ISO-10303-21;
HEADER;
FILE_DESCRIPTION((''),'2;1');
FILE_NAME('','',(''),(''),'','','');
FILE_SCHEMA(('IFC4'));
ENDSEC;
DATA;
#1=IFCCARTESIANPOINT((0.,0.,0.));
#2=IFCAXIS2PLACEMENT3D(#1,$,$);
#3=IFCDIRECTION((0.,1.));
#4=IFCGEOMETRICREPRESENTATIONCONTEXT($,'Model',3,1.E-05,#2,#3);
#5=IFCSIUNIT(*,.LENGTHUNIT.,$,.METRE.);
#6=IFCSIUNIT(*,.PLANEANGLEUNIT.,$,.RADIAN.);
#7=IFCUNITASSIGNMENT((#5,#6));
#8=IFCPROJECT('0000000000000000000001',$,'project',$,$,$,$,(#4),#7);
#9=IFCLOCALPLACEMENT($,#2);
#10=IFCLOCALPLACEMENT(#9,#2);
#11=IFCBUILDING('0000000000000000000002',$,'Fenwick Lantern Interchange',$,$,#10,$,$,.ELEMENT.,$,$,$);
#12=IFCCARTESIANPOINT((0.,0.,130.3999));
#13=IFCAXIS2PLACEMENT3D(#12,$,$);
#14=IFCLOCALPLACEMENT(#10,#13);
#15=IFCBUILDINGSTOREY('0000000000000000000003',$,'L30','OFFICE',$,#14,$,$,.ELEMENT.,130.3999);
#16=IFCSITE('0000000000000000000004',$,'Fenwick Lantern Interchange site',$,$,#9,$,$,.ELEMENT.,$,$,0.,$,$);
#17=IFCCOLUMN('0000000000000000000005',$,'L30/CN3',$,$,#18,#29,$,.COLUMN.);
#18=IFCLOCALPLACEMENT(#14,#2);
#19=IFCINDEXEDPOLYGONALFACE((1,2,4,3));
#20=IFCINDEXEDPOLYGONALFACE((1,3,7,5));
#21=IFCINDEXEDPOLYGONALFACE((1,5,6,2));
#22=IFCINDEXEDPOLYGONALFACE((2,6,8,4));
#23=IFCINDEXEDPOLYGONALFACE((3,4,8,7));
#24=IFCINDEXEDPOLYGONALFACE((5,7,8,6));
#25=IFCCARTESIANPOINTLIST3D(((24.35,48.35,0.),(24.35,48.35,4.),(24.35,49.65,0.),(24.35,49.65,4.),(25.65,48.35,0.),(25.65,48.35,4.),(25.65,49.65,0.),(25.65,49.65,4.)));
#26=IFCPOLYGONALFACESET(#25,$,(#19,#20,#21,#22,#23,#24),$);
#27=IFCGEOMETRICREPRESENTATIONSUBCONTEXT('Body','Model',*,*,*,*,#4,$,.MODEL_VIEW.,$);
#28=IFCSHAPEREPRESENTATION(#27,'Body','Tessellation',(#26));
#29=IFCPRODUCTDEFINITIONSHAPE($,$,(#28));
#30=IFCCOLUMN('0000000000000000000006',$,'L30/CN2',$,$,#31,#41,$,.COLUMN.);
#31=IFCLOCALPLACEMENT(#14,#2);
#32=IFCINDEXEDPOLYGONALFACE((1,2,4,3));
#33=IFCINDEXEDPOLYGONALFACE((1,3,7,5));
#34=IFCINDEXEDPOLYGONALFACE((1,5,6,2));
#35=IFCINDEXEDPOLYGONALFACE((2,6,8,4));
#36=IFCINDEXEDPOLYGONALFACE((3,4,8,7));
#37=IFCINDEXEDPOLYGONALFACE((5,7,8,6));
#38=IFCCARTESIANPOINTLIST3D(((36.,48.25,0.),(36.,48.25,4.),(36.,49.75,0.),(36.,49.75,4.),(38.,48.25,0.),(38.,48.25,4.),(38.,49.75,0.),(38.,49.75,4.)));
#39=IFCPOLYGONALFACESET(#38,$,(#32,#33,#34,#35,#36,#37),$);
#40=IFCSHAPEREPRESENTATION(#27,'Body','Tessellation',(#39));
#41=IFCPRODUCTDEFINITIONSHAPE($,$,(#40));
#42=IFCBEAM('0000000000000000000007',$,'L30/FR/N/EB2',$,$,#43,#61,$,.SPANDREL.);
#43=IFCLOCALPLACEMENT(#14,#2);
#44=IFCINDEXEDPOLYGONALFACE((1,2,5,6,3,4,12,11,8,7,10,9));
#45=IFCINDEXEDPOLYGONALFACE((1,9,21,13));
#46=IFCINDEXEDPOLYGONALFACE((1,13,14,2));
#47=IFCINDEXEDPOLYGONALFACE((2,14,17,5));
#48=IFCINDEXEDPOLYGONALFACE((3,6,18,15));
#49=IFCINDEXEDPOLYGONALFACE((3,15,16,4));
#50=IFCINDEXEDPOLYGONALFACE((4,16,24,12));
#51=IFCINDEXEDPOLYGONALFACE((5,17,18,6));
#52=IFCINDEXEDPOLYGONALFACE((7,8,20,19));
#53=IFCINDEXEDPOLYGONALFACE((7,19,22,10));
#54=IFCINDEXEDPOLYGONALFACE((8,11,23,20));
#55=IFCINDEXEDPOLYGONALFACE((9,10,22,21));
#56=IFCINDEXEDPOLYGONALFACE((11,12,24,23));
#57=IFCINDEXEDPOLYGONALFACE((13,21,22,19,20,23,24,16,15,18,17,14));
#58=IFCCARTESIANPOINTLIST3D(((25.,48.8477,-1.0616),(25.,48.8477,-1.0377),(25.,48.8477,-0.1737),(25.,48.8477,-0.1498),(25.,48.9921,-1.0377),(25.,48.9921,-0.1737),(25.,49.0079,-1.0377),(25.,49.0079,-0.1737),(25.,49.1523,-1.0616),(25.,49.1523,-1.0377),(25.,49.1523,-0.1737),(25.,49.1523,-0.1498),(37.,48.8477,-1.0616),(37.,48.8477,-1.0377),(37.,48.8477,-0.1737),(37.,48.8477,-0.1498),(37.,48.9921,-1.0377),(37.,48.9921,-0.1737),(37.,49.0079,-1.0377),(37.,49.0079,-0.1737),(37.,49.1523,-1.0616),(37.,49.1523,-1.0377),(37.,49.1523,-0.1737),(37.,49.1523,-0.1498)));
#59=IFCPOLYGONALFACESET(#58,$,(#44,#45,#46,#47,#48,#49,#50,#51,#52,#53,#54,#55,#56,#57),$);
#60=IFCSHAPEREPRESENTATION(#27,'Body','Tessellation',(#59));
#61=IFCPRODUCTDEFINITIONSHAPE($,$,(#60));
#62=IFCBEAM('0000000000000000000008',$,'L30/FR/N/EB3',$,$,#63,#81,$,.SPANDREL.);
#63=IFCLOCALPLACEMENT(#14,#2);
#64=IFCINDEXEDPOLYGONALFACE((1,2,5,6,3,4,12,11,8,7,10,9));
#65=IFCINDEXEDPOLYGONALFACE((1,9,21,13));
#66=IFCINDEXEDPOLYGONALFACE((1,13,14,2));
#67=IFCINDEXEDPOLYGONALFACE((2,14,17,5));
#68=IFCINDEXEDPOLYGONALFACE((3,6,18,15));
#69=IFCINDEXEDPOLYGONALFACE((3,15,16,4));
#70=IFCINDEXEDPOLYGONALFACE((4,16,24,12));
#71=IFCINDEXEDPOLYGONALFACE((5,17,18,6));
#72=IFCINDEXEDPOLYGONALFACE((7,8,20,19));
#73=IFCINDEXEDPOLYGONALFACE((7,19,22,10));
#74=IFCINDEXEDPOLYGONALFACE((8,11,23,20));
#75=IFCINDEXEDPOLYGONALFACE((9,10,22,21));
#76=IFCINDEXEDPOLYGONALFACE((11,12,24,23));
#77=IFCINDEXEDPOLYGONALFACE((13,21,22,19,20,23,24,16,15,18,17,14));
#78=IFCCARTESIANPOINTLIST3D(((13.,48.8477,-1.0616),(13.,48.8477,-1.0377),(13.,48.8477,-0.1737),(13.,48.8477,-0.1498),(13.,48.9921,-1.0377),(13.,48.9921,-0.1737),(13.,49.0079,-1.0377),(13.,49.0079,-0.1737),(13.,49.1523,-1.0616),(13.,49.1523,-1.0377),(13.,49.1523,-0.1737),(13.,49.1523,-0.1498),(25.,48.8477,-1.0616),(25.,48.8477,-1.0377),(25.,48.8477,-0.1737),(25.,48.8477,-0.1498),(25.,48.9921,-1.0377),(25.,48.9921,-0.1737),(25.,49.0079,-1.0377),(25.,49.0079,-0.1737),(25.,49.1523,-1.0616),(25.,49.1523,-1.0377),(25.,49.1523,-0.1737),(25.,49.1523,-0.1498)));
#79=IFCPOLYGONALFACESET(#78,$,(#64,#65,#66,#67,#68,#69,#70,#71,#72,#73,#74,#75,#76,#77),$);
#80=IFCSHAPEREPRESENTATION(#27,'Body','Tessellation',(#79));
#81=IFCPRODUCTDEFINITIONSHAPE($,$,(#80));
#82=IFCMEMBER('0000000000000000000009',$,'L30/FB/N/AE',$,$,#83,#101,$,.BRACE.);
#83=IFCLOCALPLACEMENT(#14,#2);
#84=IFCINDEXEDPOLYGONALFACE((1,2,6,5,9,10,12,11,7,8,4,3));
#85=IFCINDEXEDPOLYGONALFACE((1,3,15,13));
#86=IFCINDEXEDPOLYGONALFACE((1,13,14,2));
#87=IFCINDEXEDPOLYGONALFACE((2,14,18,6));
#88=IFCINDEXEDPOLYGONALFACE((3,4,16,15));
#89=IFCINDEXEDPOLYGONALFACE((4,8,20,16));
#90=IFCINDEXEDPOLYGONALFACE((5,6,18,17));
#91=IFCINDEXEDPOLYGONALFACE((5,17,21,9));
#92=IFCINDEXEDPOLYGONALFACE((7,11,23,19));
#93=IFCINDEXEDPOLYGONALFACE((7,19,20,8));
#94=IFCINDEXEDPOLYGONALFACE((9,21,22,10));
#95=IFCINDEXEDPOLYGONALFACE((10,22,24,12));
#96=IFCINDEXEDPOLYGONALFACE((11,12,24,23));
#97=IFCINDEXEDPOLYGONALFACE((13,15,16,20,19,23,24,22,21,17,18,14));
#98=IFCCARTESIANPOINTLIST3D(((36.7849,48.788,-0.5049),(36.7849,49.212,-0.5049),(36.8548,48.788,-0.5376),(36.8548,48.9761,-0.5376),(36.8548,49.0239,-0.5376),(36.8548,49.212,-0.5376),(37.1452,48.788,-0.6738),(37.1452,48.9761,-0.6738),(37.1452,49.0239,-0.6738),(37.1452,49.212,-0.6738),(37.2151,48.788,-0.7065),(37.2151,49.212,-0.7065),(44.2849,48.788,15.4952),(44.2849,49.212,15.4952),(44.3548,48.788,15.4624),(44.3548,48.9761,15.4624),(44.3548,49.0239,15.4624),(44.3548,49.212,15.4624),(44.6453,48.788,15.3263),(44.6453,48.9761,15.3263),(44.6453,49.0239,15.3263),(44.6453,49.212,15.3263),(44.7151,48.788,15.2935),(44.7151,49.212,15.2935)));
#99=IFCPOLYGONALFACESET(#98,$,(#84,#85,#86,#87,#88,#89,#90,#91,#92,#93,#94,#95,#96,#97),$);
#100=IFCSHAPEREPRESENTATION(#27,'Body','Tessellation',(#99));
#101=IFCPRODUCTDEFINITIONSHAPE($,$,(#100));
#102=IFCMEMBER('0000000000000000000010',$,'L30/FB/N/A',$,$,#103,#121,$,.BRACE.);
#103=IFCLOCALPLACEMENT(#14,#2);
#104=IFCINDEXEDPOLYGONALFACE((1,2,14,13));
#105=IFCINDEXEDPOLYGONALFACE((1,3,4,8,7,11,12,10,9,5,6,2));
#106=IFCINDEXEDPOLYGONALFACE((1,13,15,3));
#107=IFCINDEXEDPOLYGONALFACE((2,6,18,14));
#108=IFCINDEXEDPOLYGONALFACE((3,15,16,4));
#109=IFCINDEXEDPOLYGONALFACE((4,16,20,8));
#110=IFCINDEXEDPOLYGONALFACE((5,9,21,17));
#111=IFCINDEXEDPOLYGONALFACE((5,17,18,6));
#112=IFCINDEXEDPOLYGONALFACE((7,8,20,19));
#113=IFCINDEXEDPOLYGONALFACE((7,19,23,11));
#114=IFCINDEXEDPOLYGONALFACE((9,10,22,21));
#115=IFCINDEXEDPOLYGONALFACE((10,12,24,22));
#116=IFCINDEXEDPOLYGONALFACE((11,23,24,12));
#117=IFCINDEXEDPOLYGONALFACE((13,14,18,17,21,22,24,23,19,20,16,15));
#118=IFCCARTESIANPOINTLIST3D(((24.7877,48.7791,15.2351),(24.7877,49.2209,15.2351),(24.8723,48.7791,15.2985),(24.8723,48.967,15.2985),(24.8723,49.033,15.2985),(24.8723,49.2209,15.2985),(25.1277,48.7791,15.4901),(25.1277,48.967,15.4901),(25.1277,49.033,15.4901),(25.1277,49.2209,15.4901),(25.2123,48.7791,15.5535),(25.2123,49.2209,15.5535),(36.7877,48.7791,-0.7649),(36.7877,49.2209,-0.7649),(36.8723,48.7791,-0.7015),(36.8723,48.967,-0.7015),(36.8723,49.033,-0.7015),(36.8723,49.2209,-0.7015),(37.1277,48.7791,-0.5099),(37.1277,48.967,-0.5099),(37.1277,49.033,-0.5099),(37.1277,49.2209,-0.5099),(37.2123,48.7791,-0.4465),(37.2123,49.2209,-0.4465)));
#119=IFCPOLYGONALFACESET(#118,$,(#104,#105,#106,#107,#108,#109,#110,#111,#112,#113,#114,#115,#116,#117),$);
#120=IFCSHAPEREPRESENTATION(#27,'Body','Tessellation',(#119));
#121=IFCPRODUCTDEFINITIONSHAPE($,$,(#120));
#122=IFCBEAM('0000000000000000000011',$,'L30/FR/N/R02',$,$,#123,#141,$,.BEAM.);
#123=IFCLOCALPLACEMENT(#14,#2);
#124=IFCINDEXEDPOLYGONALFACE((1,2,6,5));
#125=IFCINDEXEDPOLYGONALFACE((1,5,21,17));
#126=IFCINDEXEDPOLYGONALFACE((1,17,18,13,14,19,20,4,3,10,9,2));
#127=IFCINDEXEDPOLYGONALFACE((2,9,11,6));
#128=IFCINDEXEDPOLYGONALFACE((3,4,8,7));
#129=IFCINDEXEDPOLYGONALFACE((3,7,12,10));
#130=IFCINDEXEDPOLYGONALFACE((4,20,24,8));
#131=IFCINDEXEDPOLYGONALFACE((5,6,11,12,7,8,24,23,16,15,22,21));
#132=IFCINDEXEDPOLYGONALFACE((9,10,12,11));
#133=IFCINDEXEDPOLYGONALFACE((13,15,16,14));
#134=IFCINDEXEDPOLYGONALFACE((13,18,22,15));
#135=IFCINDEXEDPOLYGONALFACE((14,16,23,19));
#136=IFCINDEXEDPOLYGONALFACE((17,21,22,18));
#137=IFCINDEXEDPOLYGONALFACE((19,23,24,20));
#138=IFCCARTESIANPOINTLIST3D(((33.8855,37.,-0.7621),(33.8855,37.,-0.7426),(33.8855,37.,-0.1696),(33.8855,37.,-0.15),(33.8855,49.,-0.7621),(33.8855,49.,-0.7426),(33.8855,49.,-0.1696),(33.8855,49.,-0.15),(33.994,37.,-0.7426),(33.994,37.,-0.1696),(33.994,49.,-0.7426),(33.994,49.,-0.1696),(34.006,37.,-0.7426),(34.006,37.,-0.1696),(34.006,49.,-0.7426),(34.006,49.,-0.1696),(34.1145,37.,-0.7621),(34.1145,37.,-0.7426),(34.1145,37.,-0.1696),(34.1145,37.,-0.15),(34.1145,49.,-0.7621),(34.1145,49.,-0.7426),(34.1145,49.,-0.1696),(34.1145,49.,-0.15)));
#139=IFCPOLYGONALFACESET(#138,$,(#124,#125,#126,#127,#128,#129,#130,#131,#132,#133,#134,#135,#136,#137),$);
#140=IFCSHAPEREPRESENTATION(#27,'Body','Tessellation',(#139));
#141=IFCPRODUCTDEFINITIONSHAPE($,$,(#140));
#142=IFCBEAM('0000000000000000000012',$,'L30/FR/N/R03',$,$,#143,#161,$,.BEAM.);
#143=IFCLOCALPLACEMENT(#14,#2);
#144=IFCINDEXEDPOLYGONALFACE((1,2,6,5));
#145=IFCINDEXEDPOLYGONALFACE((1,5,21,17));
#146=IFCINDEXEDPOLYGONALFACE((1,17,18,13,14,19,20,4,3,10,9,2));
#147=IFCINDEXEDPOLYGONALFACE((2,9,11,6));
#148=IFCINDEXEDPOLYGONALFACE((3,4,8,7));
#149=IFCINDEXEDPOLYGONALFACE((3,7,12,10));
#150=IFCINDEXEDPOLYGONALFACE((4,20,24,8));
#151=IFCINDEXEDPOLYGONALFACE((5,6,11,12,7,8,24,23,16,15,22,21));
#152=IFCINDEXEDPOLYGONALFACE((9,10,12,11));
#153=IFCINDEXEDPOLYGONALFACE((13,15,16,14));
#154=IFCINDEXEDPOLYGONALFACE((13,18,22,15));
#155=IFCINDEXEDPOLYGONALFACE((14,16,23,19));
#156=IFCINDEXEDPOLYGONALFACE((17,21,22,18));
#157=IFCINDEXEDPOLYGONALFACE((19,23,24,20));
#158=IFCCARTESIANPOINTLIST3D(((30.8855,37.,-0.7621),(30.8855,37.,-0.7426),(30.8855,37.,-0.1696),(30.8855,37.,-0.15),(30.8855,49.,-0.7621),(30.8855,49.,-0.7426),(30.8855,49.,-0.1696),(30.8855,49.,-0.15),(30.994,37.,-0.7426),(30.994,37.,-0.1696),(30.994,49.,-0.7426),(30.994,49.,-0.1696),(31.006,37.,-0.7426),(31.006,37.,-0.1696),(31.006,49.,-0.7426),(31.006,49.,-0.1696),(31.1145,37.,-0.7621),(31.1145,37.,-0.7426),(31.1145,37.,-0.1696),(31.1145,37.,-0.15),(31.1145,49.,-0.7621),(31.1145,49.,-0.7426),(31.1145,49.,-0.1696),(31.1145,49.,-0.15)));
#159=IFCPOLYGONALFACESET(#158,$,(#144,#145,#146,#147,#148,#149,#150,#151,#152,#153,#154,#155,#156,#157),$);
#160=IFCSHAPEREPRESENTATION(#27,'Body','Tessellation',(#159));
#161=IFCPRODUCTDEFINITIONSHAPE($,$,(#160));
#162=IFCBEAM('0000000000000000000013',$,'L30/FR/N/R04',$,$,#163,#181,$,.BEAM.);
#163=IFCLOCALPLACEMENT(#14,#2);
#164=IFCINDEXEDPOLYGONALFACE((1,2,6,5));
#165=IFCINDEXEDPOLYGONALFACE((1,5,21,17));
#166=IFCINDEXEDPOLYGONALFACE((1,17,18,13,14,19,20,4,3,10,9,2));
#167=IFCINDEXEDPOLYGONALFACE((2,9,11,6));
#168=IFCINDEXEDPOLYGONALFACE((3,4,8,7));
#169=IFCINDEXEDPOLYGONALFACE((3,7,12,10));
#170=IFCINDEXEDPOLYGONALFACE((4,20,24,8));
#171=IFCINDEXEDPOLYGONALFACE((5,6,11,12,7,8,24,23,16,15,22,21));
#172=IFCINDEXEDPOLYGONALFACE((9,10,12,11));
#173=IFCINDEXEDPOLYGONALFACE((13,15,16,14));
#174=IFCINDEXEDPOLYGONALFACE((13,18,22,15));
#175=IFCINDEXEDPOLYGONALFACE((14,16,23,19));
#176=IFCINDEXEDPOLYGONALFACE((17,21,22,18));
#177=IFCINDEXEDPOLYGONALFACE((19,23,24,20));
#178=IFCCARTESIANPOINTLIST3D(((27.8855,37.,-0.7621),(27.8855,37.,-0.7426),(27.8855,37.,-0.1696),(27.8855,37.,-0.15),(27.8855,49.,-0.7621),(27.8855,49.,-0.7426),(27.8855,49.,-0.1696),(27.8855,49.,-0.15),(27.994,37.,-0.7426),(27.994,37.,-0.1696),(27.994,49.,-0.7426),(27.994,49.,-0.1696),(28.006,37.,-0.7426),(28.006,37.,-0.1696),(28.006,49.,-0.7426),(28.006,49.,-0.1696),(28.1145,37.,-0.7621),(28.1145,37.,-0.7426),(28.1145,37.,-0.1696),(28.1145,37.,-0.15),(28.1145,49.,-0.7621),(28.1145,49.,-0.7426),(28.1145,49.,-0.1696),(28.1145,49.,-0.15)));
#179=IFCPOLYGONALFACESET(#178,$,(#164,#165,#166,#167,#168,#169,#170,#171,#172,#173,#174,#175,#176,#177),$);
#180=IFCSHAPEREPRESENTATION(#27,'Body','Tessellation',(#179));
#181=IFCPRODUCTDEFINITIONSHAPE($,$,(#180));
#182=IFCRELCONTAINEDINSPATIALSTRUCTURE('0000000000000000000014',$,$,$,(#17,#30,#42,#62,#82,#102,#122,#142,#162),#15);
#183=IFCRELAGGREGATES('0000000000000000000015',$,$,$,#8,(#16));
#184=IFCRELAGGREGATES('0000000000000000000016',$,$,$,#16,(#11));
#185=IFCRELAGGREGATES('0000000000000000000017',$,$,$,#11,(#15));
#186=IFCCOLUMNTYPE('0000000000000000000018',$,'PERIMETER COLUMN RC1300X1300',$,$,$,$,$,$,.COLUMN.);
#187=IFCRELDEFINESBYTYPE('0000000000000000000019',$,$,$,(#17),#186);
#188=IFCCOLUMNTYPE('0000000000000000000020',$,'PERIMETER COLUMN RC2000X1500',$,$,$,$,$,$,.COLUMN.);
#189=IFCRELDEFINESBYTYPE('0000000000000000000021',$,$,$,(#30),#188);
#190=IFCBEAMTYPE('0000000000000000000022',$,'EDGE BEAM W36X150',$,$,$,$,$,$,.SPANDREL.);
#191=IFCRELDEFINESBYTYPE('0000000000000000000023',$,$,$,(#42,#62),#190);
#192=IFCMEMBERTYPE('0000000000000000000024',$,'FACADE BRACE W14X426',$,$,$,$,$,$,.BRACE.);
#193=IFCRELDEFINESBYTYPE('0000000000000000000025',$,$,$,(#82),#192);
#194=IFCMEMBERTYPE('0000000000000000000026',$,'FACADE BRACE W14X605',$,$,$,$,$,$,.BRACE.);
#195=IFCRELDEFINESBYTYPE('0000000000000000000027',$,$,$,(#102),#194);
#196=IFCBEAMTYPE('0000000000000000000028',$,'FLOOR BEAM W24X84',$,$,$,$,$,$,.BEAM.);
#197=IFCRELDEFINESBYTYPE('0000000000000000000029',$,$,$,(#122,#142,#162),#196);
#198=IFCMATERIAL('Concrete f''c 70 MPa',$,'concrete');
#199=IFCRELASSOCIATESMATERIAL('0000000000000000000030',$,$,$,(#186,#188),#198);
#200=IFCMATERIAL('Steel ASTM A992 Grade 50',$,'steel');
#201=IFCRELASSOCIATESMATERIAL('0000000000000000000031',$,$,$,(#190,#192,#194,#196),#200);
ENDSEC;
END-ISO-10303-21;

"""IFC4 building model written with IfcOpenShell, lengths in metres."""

from ifc_helpers import new_model, si_unit, direction, frame, origin, origin_2d, place, context, subcontext, project, spatial, rectangle, i_section, extrude, material, material_profile, profile_set, type_object, element, save


model = new_model("IFC4")

# Units and contexts
model_context = context("Model", 3, precision=1e-05, world=origin(), true_north=direction((0.0, 1.0)))
body_context = subcontext(model_context, "Body", "Model", "MODEL_VIEW")
ifc_project = project(units=[si_unit("LENGTHUNIT", "METRE"), si_unit("PLANEANGLEUNIT", "RADIAN")], contexts=[model_context])

# Site, building, storey
site_placement = place(None, origin())
site = spatial("IfcSite", under=ifc_project, at=site_placement, Name="Fenwick Lantern Interchange site", CompositionType="ELEMENT", RefElevation=0.0)
building_placement = place(site_placement, origin())
building = spatial("IfcBuilding", under=site, at=building_placement, Name="Fenwick Lantern Interchange", CompositionType="ELEMENT")
storey_placement = place(building_placement, frame((0.0, 0.0, 130.3999)))
storey = spatial("IfcBuildingStorey", under=building, at=storey_placement, Name="L30", Description="OFFICE", CompositionType="ELEMENT", Elevation=130.3999)

# Columns
ifc_material_1 = material(Name="Concrete f'c 70 MPa", Category="concrete")
ifc_material_profile_1 = material_profile(ifc_material_1, rectangle(XDim=1.3, YDim=1.3, at=origin_2d()), Name="RC1300X1300")
ifc_profile_set_1 = profile_set([ifc_material_profile_1], Name="Concrete f'c 70 MPa")
column_type_1 = type_object("IfcColumnType", Name="PERIMETER COLUMN RC1300X1300", PredefinedType="COLUMN", material=ifc_profile_set_1)
column_1_placement = place(storey_placement, frame((25.0, 49.0, 0.0), z_axis=(0.0, 0.0, 1.0), x_axis=(1.0, 0.0, 0.0)))
element("IfcColumn", 1, at=column_1_placement, inside=storey, type_object=column_type_1, Name="L30/CN3", PredefinedType="COLUMN", context=body_context, shape_type="SweptSolid", body=[
    extrude(rectangle(XDim=1.3, YDim=1.3, at=origin_2d()), origin(), (0.0, 0.0, 1.0), 4.0),
])
ifc_material_profile_2 = material_profile(ifc_material_1, rectangle(XDim=2.0, YDim=1.5, at=origin_2d()), Name="RC2000X1500")
ifc_profile_set_2 = profile_set([ifc_material_profile_2], Name="Concrete f'c 70 MPa")
column_type_2 = type_object("IfcColumnType", Name="PERIMETER COLUMN RC2000X1500", PredefinedType="COLUMN", material=ifc_profile_set_2)
column_2_placement = place(storey_placement, frame((37.0, 49.0, 0.0), z_axis=(0.0, 0.0, 1.0), x_axis=(1.0, 0.0, 0.0)))
element("IfcColumn", 2, at=column_2_placement, inside=storey, type_object=column_type_2, Name="L30/CN2", PredefinedType="COLUMN", context=body_context, shape_type="SweptSolid", body=[
    extrude(rectangle(XDim=2.0, YDim=1.5, at=origin_2d()), origin(), (0.0, 0.0, 1.0), 4.0),
])

# Beams
ifc_material_2 = material(Name="Steel ASTM A992 Grade 50", Category="steel")
ifc_material_profile_3 = material_profile(ifc_material_2, i_section(OverallWidth=0.3047, OverallDepth=0.9119, WebThickness=0.0159, FlangeThickness=0.0239, at=origin_2d()), Name="W36X150")
ifc_profile_set_3 = profile_set([ifc_material_profile_3], Name="Steel ASTM A992 Grade 50")
beam_type_1 = type_object("IfcBeamType", Name="EDGE BEAM W36X150", PredefinedType="SPANDREL", material=ifc_profile_set_3)
for number, where, z_axis, x_axis, name in (
    (3, (37.0, 49.0, -0.6057), (-1.0, 0.0, 0.0), (0.0, -1.0, 0.0), "L30/FR/N/EB2"),
    (4, (25.0, 49.0, -0.6057), (-1.0, 0.0, 0.0), (0.0, -1.0, 0.0), "L30/FR/N/EB3"),
):
    element("IfcBeam", number, at=place(storey_placement, frame(where, z_axis=z_axis, x_axis=x_axis)), inside=storey, type_object=beam_type_1, Name=name, PredefinedType="SPANDREL", context=body_context, shape_type="SweptSolid", body=[
        extrude(i_section(OverallWidth=0.3047, OverallDepth=0.9119, WebThickness=0.0159, FlangeThickness=0.0239, at=origin_2d()), origin(), (0.0, 0.0, 1.0), 12.0),
    ])

# Members
ifc_material_profile_4 = material_profile(ifc_material_2, i_section(OverallWidth=0.4241, OverallDepth=0.4751, WebThickness=0.0479, FlangeThickness=0.0771, at=origin_2d()), Name="W14X426")
ifc_profile_set_4 = profile_set([ifc_material_profile_4], Name="Steel ASTM A992 Grade 50")
member_type_1 = type_object("IfcMemberType", Name="FACADE BRACE W14X426", PredefinedType="BRACE", material=ifc_profile_set_4)
member_1_placement = place(storey_placement, frame((37.0, 49.0, -0.6057), z_axis=(0.424434, 0.0, 0.905459), x_axis=(0.0, 1.0, 0.0)))
element("IfcMember", 5, at=member_1_placement, inside=storey, type_object=member_type_1, Name="L30/FB/N/AE", PredefinedType="BRACE", context=body_context, shape_type="SweptSolid", body=[
    extrude(i_section(OverallWidth=0.4241, OverallDepth=0.4751, WebThickness=0.0479, FlangeThickness=0.0771, at=origin_2d()), origin(), (0.0, 0.0, 1.0), 17.6707),
])
ifc_material_profile_5 = material_profile(ifc_material_2, i_section(OverallWidth=0.4419, OverallDepth=0.5308, WebThickness=0.0659, FlangeThickness=0.1057, at=origin_2d()), Name="W14X605")
ifc_profile_set_5 = profile_set([ifc_material_profile_5], Name="Steel ASTM A992 Grade 50")
member_type_2 = type_object("IfcMemberType", Name="FACADE BRACE W14X605", PredefinedType="BRACE", material=ifc_profile_set_5)
member_2_placement = place(storey_placement, frame((37.0, 49.0, -0.6057), z_axis=(-0.6, 0.0, 0.8), x_axis=(0.0, -1.0, 0.0)))
element("IfcMember", 6, at=member_2_placement, inside=storey, type_object=member_type_2, Name="L30/FB/N/A", PredefinedType="BRACE", context=body_context, shape_type="SweptSolid", body=[
    extrude(i_section(OverallWidth=0.4419, OverallDepth=0.5308, WebThickness=0.0659, FlangeThickness=0.1057, at=origin_2d()), origin(), (0.0, 0.0, 1.0), 20.0),
])

# Beams
ifc_material_profile_6 = material_profile(ifc_material_2, i_section(OverallWidth=0.229, OverallDepth=0.6121, WebThickness=0.012, FlangeThickness=0.0195, at=origin_2d()), Name="W24X84")
ifc_profile_set_6 = profile_set([ifc_material_profile_6], Name="Steel ASTM A992 Grade 50")
beam_type_2 = type_object("IfcBeamType", Name="FLOOR BEAM W24X84", PredefinedType="BEAM", material=ifc_profile_set_6)
for number, where, z_axis, x_axis, name in (
    (7, (34.0, 49.0, -0.4561), (0.0, -1.0, 0.0), (1.0, 0.0, 0.0), "L30/FR/N/R02"),
    (8, (31.0, 49.0, -0.4561), (0.0, -1.0, 0.0), (1.0, 0.0, 0.0), "L30/FR/N/R03"),
    (9, (28.0, 49.0, -0.4561), (0.0, -1.0, 0.0), (1.0, 0.0, 0.0), "L30/FR/N/R04"),
):
    element("IfcBeam", number, at=place(storey_placement, frame(where, z_axis=z_axis, x_axis=x_axis)), inside=storey, type_object=beam_type_2, Name=name, PredefinedType="BEAM", context=body_context, shape_type="SweptSolid", body=[
        extrude(i_section(OverallWidth=0.229, OverallDepth=0.6121, WebThickness=0.012, FlangeThickness=0.0195, at=origin_2d()), origin(), (0.0, 0.0, 1.0), 12.0),
    ])

save(model, "model.ifc")
